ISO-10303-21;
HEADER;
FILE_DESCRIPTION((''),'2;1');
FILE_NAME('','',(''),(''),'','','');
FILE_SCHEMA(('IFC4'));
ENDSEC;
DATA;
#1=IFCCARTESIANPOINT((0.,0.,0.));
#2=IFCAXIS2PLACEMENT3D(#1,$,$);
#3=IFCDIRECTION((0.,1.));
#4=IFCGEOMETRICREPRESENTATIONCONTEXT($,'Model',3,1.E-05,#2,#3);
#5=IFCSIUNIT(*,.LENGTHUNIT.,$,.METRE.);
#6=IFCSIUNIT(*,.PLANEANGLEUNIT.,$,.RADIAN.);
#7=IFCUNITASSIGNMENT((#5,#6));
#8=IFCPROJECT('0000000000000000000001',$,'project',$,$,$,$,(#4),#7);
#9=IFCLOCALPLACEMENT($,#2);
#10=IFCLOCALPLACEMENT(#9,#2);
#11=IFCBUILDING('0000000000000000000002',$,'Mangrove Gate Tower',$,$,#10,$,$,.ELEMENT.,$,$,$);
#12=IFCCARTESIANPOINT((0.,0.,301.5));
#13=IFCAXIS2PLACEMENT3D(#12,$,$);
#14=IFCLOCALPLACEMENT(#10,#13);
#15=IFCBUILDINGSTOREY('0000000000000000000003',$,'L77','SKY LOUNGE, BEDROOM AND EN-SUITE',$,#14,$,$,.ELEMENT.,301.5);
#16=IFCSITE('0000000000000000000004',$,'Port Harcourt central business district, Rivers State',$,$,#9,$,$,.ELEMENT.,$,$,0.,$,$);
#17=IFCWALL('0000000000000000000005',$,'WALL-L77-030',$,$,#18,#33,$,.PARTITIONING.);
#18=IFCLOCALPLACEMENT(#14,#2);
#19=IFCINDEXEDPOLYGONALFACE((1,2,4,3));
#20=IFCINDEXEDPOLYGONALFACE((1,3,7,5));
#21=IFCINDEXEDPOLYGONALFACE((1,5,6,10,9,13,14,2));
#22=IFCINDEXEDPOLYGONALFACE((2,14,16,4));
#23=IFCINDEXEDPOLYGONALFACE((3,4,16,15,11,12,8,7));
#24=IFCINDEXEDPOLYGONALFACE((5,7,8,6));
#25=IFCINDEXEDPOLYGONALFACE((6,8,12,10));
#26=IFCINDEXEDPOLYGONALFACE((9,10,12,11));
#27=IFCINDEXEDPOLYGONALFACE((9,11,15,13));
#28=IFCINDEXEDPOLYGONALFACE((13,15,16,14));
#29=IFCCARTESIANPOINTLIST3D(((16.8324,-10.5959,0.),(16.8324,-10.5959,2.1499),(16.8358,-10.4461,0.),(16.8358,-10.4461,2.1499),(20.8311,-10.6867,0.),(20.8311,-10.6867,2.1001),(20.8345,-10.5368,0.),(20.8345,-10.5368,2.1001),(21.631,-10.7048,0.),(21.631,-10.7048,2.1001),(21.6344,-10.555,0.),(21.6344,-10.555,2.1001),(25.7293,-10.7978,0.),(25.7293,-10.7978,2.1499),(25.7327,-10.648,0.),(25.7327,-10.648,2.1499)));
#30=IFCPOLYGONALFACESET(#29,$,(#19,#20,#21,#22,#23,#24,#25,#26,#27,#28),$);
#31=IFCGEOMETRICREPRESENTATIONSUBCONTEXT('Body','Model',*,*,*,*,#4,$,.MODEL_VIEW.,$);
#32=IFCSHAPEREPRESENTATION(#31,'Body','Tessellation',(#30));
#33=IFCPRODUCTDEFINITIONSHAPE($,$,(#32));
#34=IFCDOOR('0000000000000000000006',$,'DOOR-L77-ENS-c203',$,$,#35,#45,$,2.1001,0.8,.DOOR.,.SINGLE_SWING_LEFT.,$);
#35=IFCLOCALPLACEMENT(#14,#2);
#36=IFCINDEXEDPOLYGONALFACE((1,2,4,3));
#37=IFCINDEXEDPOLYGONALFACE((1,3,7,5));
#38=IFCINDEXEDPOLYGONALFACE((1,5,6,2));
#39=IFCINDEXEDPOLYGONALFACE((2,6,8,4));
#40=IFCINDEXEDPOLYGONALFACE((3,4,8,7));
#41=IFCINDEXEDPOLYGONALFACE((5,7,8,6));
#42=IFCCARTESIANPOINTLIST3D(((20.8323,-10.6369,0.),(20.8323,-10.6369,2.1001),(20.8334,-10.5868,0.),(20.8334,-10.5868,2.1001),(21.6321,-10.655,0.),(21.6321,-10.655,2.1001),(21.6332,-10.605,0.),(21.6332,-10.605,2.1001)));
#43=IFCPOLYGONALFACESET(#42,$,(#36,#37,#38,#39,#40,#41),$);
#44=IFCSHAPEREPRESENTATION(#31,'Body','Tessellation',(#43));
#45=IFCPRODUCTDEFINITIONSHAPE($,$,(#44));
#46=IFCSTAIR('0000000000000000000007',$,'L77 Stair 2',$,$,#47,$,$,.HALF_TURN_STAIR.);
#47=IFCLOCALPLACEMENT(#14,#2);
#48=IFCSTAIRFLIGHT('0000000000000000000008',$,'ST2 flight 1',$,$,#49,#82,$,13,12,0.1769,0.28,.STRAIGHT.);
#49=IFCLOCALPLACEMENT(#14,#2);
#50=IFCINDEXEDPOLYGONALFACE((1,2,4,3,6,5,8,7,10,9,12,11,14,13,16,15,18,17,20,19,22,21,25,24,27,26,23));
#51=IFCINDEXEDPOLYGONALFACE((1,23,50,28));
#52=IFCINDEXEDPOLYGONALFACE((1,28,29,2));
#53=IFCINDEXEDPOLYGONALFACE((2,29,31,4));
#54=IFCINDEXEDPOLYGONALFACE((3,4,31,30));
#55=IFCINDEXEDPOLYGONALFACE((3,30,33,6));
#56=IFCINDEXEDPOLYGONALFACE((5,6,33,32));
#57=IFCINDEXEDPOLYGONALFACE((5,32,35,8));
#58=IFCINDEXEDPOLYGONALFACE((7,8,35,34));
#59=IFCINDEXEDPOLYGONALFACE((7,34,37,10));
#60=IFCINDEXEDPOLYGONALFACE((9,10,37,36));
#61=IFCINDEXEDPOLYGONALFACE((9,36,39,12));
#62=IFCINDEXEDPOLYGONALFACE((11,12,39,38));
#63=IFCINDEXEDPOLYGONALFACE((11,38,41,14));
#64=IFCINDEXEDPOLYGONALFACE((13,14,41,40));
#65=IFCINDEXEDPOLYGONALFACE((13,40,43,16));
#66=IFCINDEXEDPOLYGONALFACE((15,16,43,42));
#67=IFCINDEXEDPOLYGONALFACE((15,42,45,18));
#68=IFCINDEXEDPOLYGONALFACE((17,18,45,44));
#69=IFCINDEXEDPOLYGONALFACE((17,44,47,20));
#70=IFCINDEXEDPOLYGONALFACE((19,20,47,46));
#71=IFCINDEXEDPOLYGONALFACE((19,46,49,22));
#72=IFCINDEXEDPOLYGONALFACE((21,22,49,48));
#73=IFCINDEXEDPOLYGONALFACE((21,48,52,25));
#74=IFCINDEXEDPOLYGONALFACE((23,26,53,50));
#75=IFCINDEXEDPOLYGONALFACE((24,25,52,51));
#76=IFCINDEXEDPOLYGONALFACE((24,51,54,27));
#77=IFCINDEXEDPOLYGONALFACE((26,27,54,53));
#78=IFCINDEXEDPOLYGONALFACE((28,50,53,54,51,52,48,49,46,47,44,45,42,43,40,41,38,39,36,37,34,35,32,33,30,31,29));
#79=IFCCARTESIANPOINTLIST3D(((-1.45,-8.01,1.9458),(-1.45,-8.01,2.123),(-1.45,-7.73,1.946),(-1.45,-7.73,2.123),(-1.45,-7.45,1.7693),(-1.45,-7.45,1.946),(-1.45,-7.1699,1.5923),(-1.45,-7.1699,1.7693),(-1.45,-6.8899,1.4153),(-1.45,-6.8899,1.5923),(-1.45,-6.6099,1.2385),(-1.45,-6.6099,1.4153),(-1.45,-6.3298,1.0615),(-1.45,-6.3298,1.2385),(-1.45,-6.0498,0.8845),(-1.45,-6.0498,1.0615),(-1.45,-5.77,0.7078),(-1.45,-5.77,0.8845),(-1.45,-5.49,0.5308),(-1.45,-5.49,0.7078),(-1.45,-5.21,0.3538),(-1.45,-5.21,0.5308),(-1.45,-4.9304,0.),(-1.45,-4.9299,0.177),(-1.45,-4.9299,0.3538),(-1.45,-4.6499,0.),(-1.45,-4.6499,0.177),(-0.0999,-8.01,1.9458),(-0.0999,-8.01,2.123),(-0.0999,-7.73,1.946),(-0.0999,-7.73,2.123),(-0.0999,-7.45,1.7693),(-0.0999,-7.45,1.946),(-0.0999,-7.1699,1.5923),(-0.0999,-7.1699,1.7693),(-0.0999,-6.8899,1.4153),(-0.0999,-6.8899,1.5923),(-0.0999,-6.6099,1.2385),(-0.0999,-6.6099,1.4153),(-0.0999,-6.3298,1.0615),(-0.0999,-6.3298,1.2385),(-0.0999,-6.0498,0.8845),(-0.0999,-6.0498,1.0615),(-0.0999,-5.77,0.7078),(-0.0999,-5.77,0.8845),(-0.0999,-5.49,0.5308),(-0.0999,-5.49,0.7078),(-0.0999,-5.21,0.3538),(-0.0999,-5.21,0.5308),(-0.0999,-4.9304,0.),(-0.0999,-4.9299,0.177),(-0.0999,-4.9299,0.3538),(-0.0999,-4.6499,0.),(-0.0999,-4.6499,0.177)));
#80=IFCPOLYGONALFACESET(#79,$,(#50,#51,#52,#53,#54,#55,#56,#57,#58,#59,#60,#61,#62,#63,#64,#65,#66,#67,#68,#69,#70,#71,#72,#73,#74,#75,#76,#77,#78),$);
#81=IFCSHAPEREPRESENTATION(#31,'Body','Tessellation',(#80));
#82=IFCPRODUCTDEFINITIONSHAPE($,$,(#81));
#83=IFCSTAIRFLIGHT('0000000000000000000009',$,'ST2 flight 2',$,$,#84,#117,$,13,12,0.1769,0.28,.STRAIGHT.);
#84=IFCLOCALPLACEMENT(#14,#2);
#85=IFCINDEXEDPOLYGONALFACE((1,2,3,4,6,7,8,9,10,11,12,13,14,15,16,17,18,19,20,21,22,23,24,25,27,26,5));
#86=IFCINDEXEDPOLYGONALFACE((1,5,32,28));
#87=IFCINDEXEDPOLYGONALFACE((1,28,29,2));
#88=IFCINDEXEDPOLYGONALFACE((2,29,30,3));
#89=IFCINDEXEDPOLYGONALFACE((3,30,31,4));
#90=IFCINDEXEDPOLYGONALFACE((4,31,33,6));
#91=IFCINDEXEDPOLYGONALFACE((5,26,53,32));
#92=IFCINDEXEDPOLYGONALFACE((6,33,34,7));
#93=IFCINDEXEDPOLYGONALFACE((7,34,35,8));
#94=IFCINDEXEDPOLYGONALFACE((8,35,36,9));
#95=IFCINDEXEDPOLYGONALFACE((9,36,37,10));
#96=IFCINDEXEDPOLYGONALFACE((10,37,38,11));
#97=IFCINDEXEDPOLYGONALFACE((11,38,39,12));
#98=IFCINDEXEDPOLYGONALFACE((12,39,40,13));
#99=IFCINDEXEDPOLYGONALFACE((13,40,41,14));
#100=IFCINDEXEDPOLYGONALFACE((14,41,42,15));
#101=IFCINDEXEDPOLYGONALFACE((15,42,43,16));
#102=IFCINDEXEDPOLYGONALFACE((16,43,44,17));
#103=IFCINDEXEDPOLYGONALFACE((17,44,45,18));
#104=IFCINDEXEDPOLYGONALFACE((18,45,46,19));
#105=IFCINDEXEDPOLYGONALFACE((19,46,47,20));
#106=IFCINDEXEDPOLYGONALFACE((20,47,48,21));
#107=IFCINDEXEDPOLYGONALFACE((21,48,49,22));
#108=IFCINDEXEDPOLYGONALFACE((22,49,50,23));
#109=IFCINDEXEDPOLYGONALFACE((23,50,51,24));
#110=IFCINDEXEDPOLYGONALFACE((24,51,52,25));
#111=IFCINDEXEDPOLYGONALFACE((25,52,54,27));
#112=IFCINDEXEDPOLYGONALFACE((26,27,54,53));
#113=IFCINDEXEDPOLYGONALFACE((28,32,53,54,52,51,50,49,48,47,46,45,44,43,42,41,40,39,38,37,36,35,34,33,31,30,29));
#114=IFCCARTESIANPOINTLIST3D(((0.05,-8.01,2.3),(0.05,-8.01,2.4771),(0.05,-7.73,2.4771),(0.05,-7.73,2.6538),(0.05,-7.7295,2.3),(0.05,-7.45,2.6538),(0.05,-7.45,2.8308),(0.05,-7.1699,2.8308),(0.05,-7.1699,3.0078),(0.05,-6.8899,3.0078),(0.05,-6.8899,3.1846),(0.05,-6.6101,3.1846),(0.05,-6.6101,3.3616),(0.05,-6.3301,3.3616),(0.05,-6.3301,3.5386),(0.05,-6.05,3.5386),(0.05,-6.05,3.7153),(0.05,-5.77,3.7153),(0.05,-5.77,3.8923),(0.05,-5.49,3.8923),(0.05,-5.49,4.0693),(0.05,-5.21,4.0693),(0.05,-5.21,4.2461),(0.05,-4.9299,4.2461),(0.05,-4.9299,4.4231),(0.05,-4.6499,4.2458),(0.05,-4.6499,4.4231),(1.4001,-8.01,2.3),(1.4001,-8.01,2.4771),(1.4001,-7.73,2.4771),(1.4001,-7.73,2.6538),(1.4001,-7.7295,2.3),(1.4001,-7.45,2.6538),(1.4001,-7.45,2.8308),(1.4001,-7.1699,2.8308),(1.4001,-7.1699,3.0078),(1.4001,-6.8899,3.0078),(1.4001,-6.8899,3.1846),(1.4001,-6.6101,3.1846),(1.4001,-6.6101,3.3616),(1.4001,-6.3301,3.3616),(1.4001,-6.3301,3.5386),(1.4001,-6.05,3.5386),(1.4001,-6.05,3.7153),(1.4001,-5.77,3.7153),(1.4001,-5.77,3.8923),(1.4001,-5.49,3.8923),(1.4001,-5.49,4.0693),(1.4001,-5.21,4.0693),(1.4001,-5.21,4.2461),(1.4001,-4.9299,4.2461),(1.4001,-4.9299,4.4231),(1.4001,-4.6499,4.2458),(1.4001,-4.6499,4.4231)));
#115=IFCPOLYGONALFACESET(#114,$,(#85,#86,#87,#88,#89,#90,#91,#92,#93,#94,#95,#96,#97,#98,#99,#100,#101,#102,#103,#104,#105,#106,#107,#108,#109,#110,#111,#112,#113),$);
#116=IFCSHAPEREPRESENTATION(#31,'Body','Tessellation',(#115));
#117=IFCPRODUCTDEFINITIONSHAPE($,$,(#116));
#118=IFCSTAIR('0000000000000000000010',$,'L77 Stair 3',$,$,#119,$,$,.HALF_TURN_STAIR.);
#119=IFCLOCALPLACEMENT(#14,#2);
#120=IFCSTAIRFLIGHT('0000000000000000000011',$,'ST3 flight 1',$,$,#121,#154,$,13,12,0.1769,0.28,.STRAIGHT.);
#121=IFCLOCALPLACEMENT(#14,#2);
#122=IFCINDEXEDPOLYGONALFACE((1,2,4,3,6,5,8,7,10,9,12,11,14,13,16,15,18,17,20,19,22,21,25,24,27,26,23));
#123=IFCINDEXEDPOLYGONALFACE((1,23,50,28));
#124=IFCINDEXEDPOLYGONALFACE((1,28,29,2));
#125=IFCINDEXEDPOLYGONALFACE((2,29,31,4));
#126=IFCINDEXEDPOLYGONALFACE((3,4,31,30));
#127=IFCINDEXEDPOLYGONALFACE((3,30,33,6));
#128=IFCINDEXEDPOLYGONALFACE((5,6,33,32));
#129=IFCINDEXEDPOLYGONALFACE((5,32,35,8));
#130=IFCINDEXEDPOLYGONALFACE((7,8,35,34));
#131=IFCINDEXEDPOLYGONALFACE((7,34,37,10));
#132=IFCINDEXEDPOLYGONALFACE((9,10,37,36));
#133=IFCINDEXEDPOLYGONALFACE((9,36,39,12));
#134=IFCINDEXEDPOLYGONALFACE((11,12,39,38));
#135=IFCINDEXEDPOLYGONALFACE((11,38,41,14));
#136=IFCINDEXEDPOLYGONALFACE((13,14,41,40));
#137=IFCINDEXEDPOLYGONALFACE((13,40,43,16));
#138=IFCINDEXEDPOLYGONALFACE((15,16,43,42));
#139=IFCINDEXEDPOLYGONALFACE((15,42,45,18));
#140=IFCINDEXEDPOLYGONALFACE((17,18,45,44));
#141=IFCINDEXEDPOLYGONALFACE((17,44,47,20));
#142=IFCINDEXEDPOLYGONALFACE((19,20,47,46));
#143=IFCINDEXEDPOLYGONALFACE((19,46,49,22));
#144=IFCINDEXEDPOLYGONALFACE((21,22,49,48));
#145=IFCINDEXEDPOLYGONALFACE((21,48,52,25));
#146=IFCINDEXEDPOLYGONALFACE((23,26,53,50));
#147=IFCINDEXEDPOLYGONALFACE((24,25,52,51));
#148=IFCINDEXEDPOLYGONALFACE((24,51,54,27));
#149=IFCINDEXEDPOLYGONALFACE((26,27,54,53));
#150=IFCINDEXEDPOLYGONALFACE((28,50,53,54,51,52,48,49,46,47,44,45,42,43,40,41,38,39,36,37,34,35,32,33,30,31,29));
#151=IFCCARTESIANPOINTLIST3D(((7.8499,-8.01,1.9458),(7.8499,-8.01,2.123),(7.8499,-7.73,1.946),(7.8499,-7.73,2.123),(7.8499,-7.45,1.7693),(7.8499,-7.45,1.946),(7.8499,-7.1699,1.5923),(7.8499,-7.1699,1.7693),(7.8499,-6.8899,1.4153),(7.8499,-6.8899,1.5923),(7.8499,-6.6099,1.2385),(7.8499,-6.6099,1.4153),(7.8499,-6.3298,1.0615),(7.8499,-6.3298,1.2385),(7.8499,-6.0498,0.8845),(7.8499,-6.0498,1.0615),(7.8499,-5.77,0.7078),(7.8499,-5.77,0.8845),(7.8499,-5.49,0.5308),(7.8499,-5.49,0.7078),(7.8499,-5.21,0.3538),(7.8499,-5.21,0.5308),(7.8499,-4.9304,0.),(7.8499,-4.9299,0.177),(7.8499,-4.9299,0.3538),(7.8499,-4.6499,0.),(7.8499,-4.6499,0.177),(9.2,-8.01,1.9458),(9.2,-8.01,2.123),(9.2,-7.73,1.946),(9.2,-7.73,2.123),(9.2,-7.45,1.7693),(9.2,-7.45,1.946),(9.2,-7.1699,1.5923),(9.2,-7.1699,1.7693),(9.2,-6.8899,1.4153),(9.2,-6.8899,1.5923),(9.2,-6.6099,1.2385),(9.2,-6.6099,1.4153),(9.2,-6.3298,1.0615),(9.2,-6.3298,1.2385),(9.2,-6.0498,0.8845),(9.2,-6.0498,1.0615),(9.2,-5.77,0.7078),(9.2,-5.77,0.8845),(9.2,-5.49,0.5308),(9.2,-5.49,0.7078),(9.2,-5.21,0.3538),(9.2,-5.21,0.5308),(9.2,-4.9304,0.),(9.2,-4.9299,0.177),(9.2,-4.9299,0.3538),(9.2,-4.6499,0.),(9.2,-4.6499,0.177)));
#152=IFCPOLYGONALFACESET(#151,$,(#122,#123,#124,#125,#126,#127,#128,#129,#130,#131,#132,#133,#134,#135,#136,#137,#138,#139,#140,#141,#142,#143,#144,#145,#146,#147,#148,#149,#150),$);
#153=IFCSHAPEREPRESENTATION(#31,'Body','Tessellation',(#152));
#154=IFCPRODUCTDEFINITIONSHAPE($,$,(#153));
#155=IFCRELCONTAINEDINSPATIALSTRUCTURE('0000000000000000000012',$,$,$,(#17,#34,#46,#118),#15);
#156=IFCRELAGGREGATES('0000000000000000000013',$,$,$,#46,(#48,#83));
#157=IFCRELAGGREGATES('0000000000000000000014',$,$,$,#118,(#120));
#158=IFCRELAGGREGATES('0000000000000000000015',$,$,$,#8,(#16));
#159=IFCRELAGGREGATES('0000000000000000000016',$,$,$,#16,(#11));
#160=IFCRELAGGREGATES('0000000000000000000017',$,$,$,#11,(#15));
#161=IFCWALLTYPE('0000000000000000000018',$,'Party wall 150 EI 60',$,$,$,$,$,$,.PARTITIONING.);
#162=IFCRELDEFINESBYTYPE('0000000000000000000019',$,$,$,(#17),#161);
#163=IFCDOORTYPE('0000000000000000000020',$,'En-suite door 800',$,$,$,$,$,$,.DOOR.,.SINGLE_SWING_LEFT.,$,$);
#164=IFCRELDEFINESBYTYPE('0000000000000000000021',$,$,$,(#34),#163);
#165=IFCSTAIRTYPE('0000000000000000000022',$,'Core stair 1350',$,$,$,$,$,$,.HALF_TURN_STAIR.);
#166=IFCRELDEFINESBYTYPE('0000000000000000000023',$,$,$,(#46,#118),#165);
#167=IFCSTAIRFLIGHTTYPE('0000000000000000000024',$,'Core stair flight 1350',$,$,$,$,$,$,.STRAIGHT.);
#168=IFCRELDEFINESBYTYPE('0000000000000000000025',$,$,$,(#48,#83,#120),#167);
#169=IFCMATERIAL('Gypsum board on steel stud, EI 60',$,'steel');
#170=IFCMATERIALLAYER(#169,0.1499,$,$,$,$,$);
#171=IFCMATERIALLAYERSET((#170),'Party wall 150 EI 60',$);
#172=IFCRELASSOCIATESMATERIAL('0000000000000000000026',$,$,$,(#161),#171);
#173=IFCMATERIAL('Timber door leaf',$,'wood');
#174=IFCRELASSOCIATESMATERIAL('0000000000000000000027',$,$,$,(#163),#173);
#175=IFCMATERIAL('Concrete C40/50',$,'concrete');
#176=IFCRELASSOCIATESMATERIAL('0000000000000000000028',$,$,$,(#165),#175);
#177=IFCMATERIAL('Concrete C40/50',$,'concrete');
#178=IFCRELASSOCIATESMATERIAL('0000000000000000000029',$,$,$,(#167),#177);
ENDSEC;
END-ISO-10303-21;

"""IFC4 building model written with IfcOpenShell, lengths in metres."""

from ifc_helpers import new_model, si_unit, direction, frame, frame_2d, origin, place, context, subcontext, project, spatial, polyline, rectangle, outline, extrude, material, layer, layer_set, type_object, element, fill, aggregate, save


model = new_model("IFC4")

# Units and contexts
model_context = context("Model", 3, precision=1e-05, world=origin(), true_north=direction((0.0, 1.0)))
body_context = subcontext(model_context, "Body", "Model", "MODEL_VIEW")
ifc_project = project(units=[si_unit("LENGTHUNIT", "METRE"), si_unit("PLANEANGLEUNIT", "RADIAN")], contexts=[model_context])

# Site, building, storey
site_placement = place(None, origin())
site = spatial("IfcSite", under=ifc_project, at=site_placement, Name="Port Harcourt central business district, Rivers State", CompositionType="ELEMENT", RefElevation=0.0)
building_placement = place(site_placement, origin())
building = spatial("IfcBuilding", under=site, at=building_placement, Name="Mangrove Gate Tower", CompositionType="ELEMENT")
storey_placement = place(building_placement, frame((0.0, 0.0, 301.5)))
storey = spatial("IfcBuildingStorey", under=building, at=storey_placement, Name="L77", Description="SKY LOUNGE, BEDROOM AND EN-SUITE", CompositionType="ELEMENT", Elevation=301.5)

# Wall, opening, door
ifc_material_1 = material(Name="Gypsum board on steel stud, EI 60", Category="steel")
ifc_layer_1 = layer(ifc_material_1, 0.1499)
ifc_layer_set_1 = layer_set([ifc_layer_1], Name="Party wall 150 EI 60")
wall_type_1 = type_object("IfcWallType", Name="Party wall 150 EI 60", PredefinedType="PARTITIONING", material=ifc_layer_set_1)
wall_1_placement = place(storey_placement, frame((16.834, -10.521, 0.0), z_axis=(0.0, 0.0, 1.0), x_axis=(0.999743, -0.022688, 0.0)))
wall_1 = element("IfcWall", 1, at=wall_1_placement, inside=storey, type_object=wall_type_1, Name="WALL-L77-030", PredefinedType="PARTITIONING", context=body_context, shape_type="SweptSolid", body=[
    extrude(rectangle(XDim=8.8992, YDim=0.1499, at=frame_2d((4.4497, 0.0))), origin(), (0.0, 0.0, 1.0), 2.1499),
])
opening_1_placement = place(wall_1_placement, frame((4.0, 0.0, 0.0)))
opening_1 = element("IfcOpeningElement", 2, at=opening_1_placement, cuts=wall_1, PredefinedType="OPENING", context=body_context, shape_type="SweptSolid", body=[
    extrude(rectangle(XDim=0.8, YDim=2.1001, at=frame_2d((0.3999, 1.05))), frame((0.0, 0.085, 0.0), z_axis=(0.0, -1.0, 0.0), x_axis=(1.0, 0.0, 0.0)), (0.0, 0.0, 1.0), 0.1699),
])
ifc_material_2 = material(Name="Timber door leaf", Category="wood")
door_type_1 = type_object("IfcDoorType", Name="En-suite door 800", OperationType="SINGLE_SWING_LEFT", PredefinedType="DOOR", material=ifc_material_2)
door_1_placement = place(opening_1_placement, origin())
door_1 = element("IfcDoor", 3, at=door_1_placement, inside=storey, type_object=door_type_1, Name="DOOR-L77-ENS-c203", OperationType="SINGLE_SWING_LEFT", OverallHeight=2.1001, OverallWidth=0.8, PredefinedType="DOOR", context=body_context, shape_type="SweptSolid", body=[
    extrude(rectangle(XDim=0.8, YDim=2.1001, at=frame_2d((0.3999, 1.05))), frame((0.0, 0.0249, 0.0), z_axis=(0.0, -1.0, 0.0), x_axis=(1.0, 0.0, 0.0)), (0.0, 0.0, 1.0), 0.05),
])
fill(opening_1, door_1)

# Stairs, stair flights
ifc_material_3 = material(Name="Concrete C40/50", Category="concrete")
stair_type = type_object("IfcStairType", Name="Core stair 1350", PredefinedType="HALF_TURN_STAIR", material=ifc_material_3)
stair_1_placement = place(storey_placement, origin())
stair_1 = element("IfcStair", 4, at=stair_1_placement, inside=storey, type_object=stair_type, Name="L77 Stair 2", PredefinedType="HALF_TURN_STAIR")
ifc_material_4 = material(Name="Concrete C40/50", Category="concrete")
stair_flight_type = type_object("IfcStairFlightType", Name="Core stair flight 1350", PredefinedType="STRAIGHT", material=ifc_material_4)
stair_flight_1_placement = place(storey_placement, frame((-0.7749, -4.6499, 0.0), z_axis=(0.0, 0.0, 1.0), x_axis=(0.0, -1.0, 0.0)))
stair_flight_1 = element("IfcStairFlight", 5, at=stair_flight_1_placement, type_object=stair_flight_type, Name="ST2 flight 1", NumberOfRisers=13, NumberOfTreads=12, PredefinedType="STRAIGHT", RiserHeight=0.1769, TreadLength=0.28, context=body_context, shape_type="SweptSolid", body=[
    extrude(outline(polyline([(0.0, 0.0), (0.0, 0.177), (0.28, 0.177), (0.28, 0.3538), (0.5601, 0.3538), (0.5601, 0.5308), (0.8401, 0.5308), (0.8401, 0.7078), (1.1201, 0.7078), (1.1201, 0.8845), (1.3999, 0.8845), (1.3999, 1.0615), (1.6799, 1.0615), (1.6799, 1.2385), (1.96, 1.2385), (1.96, 1.4153), (2.24, 1.4153), (2.24, 1.5923), (2.52, 1.5923), (2.52, 1.7693), (2.8, 1.7693), (2.8, 1.946), (3.0801, 1.946), (3.0801, 2.123), (3.3601, 2.123), (3.3601, 2.3), (3.3601, 1.9458), (0.2805, 0.0), (0.0, 0.0)])), frame((0.0, 0.675, 0.0), z_axis=(0.0, -1.0, 0.0), x_axis=(1.0, 0.0, 0.0)), (0.0, 0.0, 1.0), 1.3501),
])
stair_flight_2_placement = place(storey_placement, frame((0.7251, -8.01, 2.3), z_axis=(0.0, 0.0, 1.0), x_axis=(0.0, 1.0, 0.0)))
stair_flight_2 = element("IfcStairFlight", 6, at=stair_flight_2_placement, type_object=stair_flight_type, Name="ST2 flight 2", NumberOfRisers=13, NumberOfTreads=12, PredefinedType="STRAIGHT", RiserHeight=0.1769, TreadLength=0.28, context=body_context, shape_type="SweptSolid", body=[
    extrude(outline(polyline([(0.0, 0.0), (0.0, 0.177), (0.28, 0.177), (0.28, 0.3538), (0.5601, 0.3538), (0.5601, 0.5308), (0.8401, 0.5308), (0.8401, 0.7078), (1.1201, 0.7078), (1.1201, 0.8845), (1.3999, 0.8845), (1.3999, 1.0615), (1.6799, 1.0615), (1.6799, 1.2385), (1.96, 1.2385), (1.96, 1.4153), (2.24, 1.4153), (2.24, 1.5923), (2.52, 1.5923), (2.52, 1.7693), (2.8, 1.7693), (2.8, 1.946), (3.0801, 1.946), (3.0801, 2.123), (3.3601, 2.123), (3.3601, 2.3), (3.3601, 1.9458), (0.2805, 0.0), (0.0, 0.0)])), frame((0.0, 0.675, 0.0), z_axis=(0.0, -1.0, 0.0), x_axis=(1.0, 0.0, 0.0)), (0.0, 0.0, 1.0), 1.3501),
])
aggregate(stair_1, [stair_flight_1, stair_flight_2])
stair_2_placement = place(storey_placement, origin())
stair_2 = element("IfcStair", 7, at=stair_2_placement, inside=storey, type_object=stair_type, Name="L77 Stair 3", PredefinedType="HALF_TURN_STAIR")
stair_flight_3_placement = place(storey_placement, frame((8.5249, -4.6499, 0.0), z_axis=(0.0, 0.0, 1.0), x_axis=(0.0, -1.0, 0.0)))
stair_flight_3 = element("IfcStairFlight", 8, at=stair_flight_3_placement, type_object=stair_flight_type, Name="ST3 flight 1", NumberOfRisers=13, NumberOfTreads=12, PredefinedType="STRAIGHT", RiserHeight=0.1769, TreadLength=0.28, context=body_context, shape_type="SweptSolid", body=[
    extrude(outline(polyline([(0.0, 0.0), (0.0, 0.177), (0.28, 0.177), (0.28, 0.3538), (0.5601, 0.3538), (0.5601, 0.5308), (0.8401, 0.5308), (0.8401, 0.7078), (1.1201, 0.7078), (1.1201, 0.8845), (1.3999, 0.8845), (1.3999, 1.0615), (1.6799, 1.0615), (1.6799, 1.2385), (1.96, 1.2385), (1.96, 1.4153), (2.24, 1.4153), (2.24, 1.5923), (2.52, 1.5923), (2.52, 1.7693), (2.8, 1.7693), (2.8, 1.946), (3.0801, 1.946), (3.0801, 2.123), (3.3601, 2.123), (3.3601, 2.3), (3.3601, 1.9458), (0.2805, 0.0), (0.0, 0.0)])), frame((0.0, 0.675, 0.0), z_axis=(0.0, -1.0, 0.0), x_axis=(1.0, 0.0, 0.0)), (0.0, 0.0, 1.0), 1.3501),
])
aggregate(stair_2, [stair_flight_3])

save(model, "model.ifc")
